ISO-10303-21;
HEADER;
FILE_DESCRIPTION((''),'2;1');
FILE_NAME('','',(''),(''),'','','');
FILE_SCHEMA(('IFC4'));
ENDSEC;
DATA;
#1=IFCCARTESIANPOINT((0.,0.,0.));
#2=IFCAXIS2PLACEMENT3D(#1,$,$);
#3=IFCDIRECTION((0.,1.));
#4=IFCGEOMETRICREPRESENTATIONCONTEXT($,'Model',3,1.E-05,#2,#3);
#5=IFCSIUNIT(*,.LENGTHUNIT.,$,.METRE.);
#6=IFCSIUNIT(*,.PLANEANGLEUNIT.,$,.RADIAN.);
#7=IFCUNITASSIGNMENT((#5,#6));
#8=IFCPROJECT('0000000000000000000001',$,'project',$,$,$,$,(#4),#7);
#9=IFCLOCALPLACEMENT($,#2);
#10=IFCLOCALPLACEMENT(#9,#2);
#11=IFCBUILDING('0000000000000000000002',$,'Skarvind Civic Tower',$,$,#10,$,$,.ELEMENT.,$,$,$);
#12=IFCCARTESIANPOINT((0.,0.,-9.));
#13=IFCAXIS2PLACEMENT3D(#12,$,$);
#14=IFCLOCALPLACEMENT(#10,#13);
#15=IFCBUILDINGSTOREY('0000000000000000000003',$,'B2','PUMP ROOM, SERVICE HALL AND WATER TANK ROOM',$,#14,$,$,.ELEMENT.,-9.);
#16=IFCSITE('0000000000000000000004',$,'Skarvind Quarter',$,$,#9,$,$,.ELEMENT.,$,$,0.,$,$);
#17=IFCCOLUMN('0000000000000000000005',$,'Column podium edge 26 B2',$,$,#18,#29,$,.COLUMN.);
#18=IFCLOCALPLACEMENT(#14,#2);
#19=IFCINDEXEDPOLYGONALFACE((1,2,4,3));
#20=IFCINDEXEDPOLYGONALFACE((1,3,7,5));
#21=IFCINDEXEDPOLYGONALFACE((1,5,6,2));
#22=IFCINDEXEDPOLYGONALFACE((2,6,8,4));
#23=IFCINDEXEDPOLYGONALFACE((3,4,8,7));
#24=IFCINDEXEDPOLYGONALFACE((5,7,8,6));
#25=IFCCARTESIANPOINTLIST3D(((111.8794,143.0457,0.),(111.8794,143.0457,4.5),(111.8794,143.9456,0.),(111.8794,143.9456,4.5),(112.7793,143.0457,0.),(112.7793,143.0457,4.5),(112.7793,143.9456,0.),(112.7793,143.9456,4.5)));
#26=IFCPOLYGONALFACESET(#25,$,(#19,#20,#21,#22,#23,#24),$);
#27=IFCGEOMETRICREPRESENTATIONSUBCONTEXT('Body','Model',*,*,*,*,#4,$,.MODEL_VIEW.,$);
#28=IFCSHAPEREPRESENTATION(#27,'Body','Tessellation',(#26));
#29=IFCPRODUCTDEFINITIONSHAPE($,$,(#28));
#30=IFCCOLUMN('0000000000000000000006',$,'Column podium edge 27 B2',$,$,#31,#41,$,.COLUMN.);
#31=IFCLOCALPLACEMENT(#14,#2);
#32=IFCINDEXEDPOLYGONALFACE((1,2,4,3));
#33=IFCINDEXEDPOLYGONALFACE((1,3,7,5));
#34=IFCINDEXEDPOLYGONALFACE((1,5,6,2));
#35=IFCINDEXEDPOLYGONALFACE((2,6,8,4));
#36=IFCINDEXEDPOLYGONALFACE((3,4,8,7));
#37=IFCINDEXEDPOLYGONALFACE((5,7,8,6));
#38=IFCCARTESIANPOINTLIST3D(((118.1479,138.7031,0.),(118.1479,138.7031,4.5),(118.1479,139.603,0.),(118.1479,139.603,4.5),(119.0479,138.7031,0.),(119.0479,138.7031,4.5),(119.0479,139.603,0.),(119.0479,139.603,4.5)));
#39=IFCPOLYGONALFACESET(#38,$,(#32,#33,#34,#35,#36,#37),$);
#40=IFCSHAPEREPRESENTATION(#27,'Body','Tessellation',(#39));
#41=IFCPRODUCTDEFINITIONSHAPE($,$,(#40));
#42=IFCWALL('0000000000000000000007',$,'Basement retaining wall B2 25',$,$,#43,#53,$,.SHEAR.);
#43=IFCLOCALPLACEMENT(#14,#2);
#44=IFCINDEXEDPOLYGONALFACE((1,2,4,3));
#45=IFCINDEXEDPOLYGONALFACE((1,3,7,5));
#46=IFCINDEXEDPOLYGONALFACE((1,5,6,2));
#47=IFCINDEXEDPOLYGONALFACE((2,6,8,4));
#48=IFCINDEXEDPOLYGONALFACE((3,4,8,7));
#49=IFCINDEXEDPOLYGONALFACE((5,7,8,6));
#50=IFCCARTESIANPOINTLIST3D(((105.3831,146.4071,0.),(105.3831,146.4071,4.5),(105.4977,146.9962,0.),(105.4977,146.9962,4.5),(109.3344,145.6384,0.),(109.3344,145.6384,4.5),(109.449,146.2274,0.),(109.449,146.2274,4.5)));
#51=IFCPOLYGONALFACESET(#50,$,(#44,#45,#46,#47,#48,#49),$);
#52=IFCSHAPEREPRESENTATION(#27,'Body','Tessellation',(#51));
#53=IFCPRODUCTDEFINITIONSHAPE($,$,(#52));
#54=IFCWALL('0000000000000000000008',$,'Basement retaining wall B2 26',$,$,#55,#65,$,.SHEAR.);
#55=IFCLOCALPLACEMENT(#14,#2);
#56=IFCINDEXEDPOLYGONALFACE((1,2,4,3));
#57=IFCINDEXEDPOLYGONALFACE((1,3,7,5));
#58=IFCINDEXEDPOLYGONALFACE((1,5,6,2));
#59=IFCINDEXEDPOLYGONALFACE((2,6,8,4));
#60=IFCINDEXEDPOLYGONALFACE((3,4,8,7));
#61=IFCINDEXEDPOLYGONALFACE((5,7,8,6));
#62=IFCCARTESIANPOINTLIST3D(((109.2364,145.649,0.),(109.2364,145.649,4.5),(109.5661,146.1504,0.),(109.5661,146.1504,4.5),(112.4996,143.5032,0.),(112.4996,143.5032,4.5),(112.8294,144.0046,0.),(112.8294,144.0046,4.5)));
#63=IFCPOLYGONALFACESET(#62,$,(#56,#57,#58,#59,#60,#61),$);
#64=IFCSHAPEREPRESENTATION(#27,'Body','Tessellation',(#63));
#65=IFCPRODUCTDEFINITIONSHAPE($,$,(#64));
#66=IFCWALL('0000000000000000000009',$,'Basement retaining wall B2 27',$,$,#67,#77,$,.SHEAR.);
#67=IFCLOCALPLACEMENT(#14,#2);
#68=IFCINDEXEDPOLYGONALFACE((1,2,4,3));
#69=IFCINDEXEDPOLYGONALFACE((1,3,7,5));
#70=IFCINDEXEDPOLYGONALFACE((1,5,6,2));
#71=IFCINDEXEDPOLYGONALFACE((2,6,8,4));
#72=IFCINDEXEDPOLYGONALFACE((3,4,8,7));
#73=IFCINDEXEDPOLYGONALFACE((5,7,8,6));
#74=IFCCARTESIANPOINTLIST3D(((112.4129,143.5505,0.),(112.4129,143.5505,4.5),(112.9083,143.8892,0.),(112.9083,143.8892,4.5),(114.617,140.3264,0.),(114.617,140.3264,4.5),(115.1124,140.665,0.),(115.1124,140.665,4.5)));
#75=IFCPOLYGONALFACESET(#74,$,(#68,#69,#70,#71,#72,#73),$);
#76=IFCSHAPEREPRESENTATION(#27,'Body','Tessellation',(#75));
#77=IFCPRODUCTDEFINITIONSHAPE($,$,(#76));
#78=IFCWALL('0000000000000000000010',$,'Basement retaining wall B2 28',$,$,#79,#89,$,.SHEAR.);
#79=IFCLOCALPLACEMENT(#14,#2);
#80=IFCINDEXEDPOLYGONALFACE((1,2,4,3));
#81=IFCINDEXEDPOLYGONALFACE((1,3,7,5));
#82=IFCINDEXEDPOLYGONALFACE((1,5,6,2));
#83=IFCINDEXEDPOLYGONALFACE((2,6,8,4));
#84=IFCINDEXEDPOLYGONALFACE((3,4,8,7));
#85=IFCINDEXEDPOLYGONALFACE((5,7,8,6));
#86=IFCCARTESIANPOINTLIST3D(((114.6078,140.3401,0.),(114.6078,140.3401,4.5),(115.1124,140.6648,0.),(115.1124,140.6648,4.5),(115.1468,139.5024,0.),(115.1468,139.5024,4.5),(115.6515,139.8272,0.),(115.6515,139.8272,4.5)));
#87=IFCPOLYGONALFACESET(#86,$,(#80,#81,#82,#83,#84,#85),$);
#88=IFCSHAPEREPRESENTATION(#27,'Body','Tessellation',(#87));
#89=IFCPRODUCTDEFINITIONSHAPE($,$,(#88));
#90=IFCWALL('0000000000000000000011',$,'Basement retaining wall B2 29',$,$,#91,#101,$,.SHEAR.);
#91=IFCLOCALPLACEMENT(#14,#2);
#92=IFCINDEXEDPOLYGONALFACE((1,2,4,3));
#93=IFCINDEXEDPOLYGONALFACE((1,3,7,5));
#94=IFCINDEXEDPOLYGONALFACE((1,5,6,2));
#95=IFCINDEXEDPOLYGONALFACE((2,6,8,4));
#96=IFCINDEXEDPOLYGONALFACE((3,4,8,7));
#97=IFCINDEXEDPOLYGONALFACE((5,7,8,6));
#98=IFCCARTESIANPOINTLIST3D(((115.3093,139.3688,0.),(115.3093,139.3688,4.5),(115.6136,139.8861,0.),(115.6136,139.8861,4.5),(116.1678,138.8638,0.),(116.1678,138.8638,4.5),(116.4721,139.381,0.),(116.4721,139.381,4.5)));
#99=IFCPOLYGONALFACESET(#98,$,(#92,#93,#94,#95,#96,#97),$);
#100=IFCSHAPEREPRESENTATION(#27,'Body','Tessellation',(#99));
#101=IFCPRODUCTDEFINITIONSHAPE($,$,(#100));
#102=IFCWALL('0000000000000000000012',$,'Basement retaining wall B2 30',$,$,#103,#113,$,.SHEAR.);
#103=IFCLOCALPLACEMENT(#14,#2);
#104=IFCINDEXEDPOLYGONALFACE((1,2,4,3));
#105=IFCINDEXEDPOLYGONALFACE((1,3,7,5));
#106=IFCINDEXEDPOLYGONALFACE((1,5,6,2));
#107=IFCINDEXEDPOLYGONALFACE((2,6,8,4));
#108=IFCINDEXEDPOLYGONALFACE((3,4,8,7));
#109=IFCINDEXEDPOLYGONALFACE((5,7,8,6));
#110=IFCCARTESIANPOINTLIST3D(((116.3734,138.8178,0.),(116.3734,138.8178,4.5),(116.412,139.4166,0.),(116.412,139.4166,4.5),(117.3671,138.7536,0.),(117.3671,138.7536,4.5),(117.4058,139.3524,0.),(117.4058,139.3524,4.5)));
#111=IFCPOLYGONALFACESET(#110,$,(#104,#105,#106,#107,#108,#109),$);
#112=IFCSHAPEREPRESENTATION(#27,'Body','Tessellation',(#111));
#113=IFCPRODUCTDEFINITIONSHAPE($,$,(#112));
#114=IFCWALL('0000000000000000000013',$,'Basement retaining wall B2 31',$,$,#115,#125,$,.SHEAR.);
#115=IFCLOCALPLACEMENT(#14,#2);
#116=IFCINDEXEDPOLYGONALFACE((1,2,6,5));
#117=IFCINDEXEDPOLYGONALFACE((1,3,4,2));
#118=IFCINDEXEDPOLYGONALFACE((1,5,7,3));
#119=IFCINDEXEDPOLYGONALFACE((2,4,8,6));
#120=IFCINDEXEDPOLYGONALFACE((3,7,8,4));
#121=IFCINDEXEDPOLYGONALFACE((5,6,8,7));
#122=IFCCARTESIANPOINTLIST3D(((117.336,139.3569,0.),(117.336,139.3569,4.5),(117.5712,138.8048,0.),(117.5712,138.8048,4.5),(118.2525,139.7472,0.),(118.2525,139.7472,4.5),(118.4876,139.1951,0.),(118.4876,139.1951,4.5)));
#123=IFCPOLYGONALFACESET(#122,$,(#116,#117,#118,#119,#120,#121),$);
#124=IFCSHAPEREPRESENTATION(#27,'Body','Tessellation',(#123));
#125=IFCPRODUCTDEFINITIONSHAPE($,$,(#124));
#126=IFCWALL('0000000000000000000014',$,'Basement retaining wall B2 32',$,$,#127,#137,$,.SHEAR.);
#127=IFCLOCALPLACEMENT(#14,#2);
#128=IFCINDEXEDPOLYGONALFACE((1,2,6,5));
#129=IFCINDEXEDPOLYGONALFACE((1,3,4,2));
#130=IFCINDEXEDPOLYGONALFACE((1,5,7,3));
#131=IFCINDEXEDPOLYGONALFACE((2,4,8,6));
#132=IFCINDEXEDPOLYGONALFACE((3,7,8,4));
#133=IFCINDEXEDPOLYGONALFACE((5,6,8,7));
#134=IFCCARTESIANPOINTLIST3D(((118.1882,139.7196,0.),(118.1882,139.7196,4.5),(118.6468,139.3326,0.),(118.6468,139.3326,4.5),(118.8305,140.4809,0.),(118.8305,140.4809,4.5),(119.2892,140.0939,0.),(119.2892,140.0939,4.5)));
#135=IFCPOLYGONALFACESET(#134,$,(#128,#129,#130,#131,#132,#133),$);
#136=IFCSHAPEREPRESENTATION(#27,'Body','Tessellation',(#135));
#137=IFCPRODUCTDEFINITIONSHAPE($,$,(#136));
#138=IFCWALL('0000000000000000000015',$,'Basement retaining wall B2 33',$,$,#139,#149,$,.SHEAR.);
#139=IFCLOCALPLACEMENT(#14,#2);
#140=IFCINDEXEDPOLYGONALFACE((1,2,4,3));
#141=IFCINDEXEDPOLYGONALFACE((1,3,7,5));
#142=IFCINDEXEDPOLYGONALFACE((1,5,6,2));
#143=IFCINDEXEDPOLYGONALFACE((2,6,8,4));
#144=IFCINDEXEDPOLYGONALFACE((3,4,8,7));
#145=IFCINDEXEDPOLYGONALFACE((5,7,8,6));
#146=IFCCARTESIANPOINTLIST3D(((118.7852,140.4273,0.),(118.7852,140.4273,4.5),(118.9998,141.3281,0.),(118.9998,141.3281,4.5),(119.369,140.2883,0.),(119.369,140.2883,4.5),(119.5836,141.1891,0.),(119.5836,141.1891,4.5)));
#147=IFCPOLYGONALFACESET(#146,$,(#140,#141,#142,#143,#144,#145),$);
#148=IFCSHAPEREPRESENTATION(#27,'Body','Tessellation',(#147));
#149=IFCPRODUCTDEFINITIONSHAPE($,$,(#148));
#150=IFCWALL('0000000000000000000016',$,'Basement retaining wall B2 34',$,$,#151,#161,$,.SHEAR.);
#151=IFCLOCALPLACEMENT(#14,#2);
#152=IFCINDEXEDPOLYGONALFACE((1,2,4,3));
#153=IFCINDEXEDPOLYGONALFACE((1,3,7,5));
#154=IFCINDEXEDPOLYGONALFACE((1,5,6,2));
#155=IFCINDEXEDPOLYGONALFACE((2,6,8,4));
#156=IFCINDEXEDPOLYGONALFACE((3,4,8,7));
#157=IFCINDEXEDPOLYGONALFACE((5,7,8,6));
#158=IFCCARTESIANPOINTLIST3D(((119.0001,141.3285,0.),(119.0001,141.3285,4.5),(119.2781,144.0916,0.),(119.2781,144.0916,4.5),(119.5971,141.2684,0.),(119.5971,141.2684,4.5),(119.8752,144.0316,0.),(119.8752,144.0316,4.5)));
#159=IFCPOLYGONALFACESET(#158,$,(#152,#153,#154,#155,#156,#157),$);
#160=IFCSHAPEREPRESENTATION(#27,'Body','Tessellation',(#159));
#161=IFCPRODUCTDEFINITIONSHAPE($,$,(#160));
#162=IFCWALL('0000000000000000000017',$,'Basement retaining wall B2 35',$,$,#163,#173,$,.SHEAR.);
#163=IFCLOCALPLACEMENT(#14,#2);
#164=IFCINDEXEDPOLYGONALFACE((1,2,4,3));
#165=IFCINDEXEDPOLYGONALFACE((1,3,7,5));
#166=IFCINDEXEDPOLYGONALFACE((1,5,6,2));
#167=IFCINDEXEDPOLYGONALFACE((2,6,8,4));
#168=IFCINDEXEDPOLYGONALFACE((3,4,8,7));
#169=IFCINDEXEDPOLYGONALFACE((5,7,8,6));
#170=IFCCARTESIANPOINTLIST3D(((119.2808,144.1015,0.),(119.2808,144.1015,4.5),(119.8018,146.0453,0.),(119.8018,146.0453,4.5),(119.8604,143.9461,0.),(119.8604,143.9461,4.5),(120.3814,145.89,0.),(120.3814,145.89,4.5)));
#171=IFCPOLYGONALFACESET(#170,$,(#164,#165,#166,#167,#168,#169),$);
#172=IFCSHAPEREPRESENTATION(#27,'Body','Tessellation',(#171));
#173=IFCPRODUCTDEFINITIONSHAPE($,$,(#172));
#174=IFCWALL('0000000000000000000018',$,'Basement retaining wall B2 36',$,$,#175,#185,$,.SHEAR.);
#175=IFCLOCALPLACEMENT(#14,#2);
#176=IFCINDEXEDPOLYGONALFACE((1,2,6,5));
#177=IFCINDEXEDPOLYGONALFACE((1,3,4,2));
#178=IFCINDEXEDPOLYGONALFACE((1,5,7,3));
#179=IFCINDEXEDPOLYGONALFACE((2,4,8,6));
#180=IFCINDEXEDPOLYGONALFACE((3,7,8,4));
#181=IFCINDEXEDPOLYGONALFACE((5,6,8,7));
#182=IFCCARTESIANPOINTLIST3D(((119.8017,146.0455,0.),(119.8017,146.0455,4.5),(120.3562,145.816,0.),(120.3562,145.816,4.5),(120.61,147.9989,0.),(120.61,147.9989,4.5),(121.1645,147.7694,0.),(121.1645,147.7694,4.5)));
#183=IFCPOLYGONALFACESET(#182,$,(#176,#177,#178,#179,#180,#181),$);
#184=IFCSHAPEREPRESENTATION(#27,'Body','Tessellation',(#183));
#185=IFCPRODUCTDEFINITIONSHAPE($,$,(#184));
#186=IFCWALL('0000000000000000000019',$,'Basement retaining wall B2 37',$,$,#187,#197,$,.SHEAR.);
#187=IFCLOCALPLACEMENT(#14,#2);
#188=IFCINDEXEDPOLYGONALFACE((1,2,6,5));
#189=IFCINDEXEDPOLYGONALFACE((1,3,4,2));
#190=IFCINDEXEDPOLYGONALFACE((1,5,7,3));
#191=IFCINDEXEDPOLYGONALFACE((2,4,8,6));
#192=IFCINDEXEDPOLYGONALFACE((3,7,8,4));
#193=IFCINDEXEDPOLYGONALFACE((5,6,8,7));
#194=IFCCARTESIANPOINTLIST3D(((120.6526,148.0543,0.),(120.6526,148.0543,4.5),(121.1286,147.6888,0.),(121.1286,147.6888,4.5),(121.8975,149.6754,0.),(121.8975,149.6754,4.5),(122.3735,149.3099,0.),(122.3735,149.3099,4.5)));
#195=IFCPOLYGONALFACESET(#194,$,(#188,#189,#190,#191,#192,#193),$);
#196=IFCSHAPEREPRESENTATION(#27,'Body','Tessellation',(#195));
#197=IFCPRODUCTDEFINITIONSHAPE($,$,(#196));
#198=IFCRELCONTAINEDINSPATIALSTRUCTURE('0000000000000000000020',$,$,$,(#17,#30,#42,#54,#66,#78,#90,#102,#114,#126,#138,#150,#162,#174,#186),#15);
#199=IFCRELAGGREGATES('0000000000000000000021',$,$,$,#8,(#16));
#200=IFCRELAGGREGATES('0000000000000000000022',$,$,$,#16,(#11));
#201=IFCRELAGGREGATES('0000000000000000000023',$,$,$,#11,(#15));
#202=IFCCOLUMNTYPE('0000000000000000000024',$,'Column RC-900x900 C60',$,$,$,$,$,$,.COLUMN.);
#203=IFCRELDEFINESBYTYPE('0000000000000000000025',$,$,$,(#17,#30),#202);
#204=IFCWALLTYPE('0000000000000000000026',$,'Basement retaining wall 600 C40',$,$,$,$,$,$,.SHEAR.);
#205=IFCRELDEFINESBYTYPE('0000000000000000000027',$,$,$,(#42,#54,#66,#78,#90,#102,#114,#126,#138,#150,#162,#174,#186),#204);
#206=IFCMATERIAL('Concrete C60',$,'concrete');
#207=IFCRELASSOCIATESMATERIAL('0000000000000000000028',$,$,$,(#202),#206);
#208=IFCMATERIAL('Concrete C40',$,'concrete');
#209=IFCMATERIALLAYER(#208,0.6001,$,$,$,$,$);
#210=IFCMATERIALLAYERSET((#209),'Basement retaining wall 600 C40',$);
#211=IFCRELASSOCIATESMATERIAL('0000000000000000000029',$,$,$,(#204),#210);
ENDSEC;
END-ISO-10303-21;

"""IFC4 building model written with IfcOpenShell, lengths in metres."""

from ifc_helpers import new_model, si_unit, direction, frame, frame_2d, origin, origin_2d, place, context, subcontext, project, spatial, rectangle, extrude, material, layer, layer_set, material_profile, profile_set, type_object, element, save


model = new_model("IFC4")

# Units and contexts
model_context = context("Model", 3, precision=1e-05, world=origin(), true_north=direction((0.0, 1.0)))
body_context = subcontext(model_context, "Body", "Model", "MODEL_VIEW")
ifc_project = project(units=[si_unit("LENGTHUNIT", "METRE"), si_unit("PLANEANGLEUNIT", "RADIAN")], contexts=[model_context])

# Site, building, storey
site_placement = place(None, origin())
site = spatial("IfcSite", under=ifc_project, at=site_placement, Name="Skarvind Quarter", CompositionType="ELEMENT", RefElevation=0.0)
building_placement = place(site_placement, origin())
building = spatial("IfcBuilding", under=site, at=building_placement, Name="Skarvind Civic Tower", CompositionType="ELEMENT")
storey_placement = place(building_placement, frame((0.0, 0.0, -9.0)))
storey = spatial("IfcBuildingStorey", under=building, at=storey_placement, Name="B2", Description="PUMP ROOM, SERVICE HALL AND WATER TANK ROOM", CompositionType="ELEMENT", Elevation=-9.0)

# Shared definitions
ifc_material_1 = material(Name="Concrete C40", Category="concrete")

# Columns
ifc_material_2 = material(Name="Concrete C60", Category="concrete")
ifc_material_profile = material_profile(ifc_material_2, rectangle(XDim=0.8999, YDim=0.8999, at=origin_2d()), Name="RC-900x900")
ifc_profile_set = profile_set([ifc_material_profile], Name="Concrete C60")
column_type = type_object("IfcColumnType", Name="Column RC-900x900 C60", PredefinedType="COLUMN", material=ifc_profile_set)
for number, where, z_axis, x_axis, name in (
    (1, (112.3293, 143.4956, 0.0), (0.0, 0.0, 1.0), (1.0, 0.0, 0.0), "Column podium edge 26 B2"),
    (2, (118.5979, 139.1531, 0.0), (0.0, 0.0, 1.0), (1.0, 0.0, 0.0), "Column podium edge 27 B2"),
):
    element("IfcColumn", number, at=place(storey_placement, frame(where, z_axis=z_axis, x_axis=x_axis)), inside=storey, type_object=column_type, Name=name, PredefinedType="COLUMN", context=body_context, shape_type="SweptSolid", body=[
        extrude(rectangle(XDim=0.8999, YDim=0.8999, at=origin_2d()), origin(), (0.0, 0.0, 1.0), 4.5),
    ])

# Walls
ifc_layer_1 = layer(ifc_material_1, 0.6001)
ifc_layer_set_1 = layer_set([ifc_layer_1], Name="Basement retaining wall 600 C40")
wall_type_1 = type_object("IfcWallType", Name="Basement retaining wall 600 C40", PredefinedType="SHEAR", material=ifc_layer_set_1)
wall_1_placement = place(storey_placement, frame((105.4404, 146.7017, 0.0), z_axis=(0.0, 0.0, 1.0), x_axis=(0.981594, -0.190982, 0.0)))
element("IfcWall", 3, at=wall_1_placement, inside=storey, type_object=wall_type_1, Name="Basement retaining wall B2 25", PredefinedType="SHEAR", context=body_context, shape_type="SweptSolid", body=[
    extrude(rectangle(XDim=4.0254, YDim=0.6001, at=frame_2d((2.0127, 0.0))), origin(), (0.0, 0.0, 1.0), 4.5),
])
for number, where, z_axis, x_axis, name in (
    (4, (109.4014, 145.8997, 0.0), (0.0, 0.0, 1.0), (0.835544, -0.549424, 0.0), "Basement retaining wall B2 26"),
    (5, (112.6606, 143.7197, 0.0), (0.0, 0.0, 1.0), (0.564357, -0.825531, 0.0), "Basement retaining wall B2 27"),
):
    element("IfcWall", number, at=place(storey_placement, frame(where, z_axis=z_axis, x_axis=x_axis)), inside=storey, type_object=wall_type_1, Name=name, PredefinedType="SHEAR", context=body_context, shape_type="SweptSolid", body=[
        extrude(rectangle(XDim=3.9055, YDim=0.6001, at=frame_2d((1.9526, 0.0))), origin(), (0.0, 0.0, 1.0), 4.5),
    ])
for number, where, z_axis, x_axis, name in (
    (6, (114.8601, 140.5024, 0.0), (0.0, 0.0, 1.0), (0.541166, -0.840916, 0.0), "Basement retaining wall B2 28"),
    (7, (115.4614, 139.6274, 0.0), (0.0, 0.0, 1.0), (0.861915, -0.507052, 0.0), "Basement retaining wall B2 29"),
):
    element("IfcWall", number, at=place(storey_placement, frame(where, z_axis=z_axis, x_axis=x_axis)), inside=storey, type_object=wall_type_1, Name=name, PredefinedType="SHEAR", context=body_context, shape_type="SweptSolid", body=[
        extrude(rectangle(XDim=0.9961, YDim=0.6001, at=frame_2d((0.498, 0.0))), origin(), (0.0, 0.0, 1.0), 4.5),
    ])
wall_2_placement = place(storey_placement, frame((116.3926, 139.1172, 0.0), z_axis=(0.0, 0.0, 1.0), x_axis=(0.99792, -0.064469, 0.0)))
element("IfcWall", 8, at=wall_2_placement, inside=storey, type_object=wall_type_1, Name="Basement retaining wall B2 30", PredefinedType="SHEAR", context=body_context, shape_type="SweptSolid", body=[
    extrude(rectangle(XDim=0.9958, YDim=0.6001, at=frame_2d((0.498, 0.0))), origin(), (0.0, 0.0, 1.0), 4.5),
])
for number, where, z_axis, x_axis, name in (
    (9, (117.4536, 139.0808, 0.0), (0.0, 0.0, 1.0), (0.920017, 0.391877, 0.0), "Basement retaining wall B2 31"),
    (10, (118.4175, 139.5261, 0.0), (0.0, 0.0, 1.0), (0.644898, 0.764269, 0.0), "Basement retaining wall B2 32"),
):
    element("IfcWall", number, at=place(storey_placement, frame(where, z_axis=z_axis, x_axis=x_axis)), inside=storey, type_object=wall_type_1, Name=name, PredefinedType="SHEAR", context=body_context, shape_type="SweptSolid", body=[
        extrude(rectangle(XDim=0.9961, YDim=0.6001, at=frame_2d((0.498, 0.0))), origin(), (0.0, 0.0, 1.0), 4.5),
    ])
wall_3_placement = place(storey_placement, frame((119.0771, 140.3579, 0.0), z_axis=(0.0, 0.0, 1.0), x_axis=(0.231727, 0.972781, 0.0)))
element("IfcWall", 11, at=wall_3_placement, inside=storey, type_object=wall_type_1, Name="Basement retaining wall B2 33", PredefinedType="SHEAR", context=body_context, shape_type="SweptSolid", body=[
    extrude(rectangle(XDim=0.926, YDim=0.6001, at=frame_2d((0.4629, 0.0))), origin(), (0.0, 0.0, 1.0), 4.5),
])
wall_4_placement = place(storey_placement, frame((119.2986, 141.2983, 0.0), z_axis=(0.0, 0.0, 1.0), x_axis=(0.10013, 0.994974, 0.0)))
element("IfcWall", 12, at=wall_4_placement, inside=storey, type_object=wall_type_1, Name="Basement retaining wall B2 34", PredefinedType="SHEAR", context=body_context, shape_type="SweptSolid", body=[
    extrude(rectangle(XDim=2.7771, YDim=0.6001, at=frame_2d((1.3887, 0.0))), origin(), (0.0, 0.0, 1.0), 4.5),
])
wall_5_placement = place(storey_placement, frame((119.5706, 144.0237, 0.0), z_axis=(0.0, 0.0, 1.0), x_axis=(0.258886, 0.965908, 0.0)))
element("IfcWall", 13, at=wall_5_placement, inside=storey, type_object=wall_type_1, Name="Basement retaining wall B2 35", PredefinedType="SHEAR", context=body_context, shape_type="SweptSolid", body=[
    extrude(rectangle(XDim=2.0125, YDim=0.6001, at=frame_2d((1.0063, 0.0))), origin(), (0.0, 0.0, 1.0), 4.5),
])
wall_6_placement = place(storey_placement, frame((120.0789, 145.9307, 0.0), z_axis=(0.0, 0.0, 1.0), x_axis=(0.382376, 0.924007, 0.0)))
element("IfcWall", 14, at=wall_6_placement, inside=storey, type_object=wall_type_1, Name="Basement retaining wall B2 36", PredefinedType="SHEAR", context=body_context, shape_type="SweptSolid", body=[
    extrude(rectangle(XDim=2.114, YDim=0.6001, at=frame_2d((1.0571, 0.0))), origin(), (0.0, 0.0, 1.0), 4.5),
])
wall_7_placement = place(storey_placement, frame((120.8906, 147.8716, 0.0), z_axis=(0.0, 0.0, 1.0), x_axis=(0.609058, 0.793125, 0.0)))
element("IfcWall", 15, at=wall_7_placement, inside=storey, type_object=wall_type_1, Name="Basement retaining wall B2 37", PredefinedType="SHEAR", context=body_context, shape_type="SweptSolid", body=[
    extrude(rectangle(XDim=2.0439, YDim=0.6001, at=frame_2d((1.022, 0.0))), origin(), (0.0, 0.0, 1.0), 4.5),
])

save(model, "model.ifc")
